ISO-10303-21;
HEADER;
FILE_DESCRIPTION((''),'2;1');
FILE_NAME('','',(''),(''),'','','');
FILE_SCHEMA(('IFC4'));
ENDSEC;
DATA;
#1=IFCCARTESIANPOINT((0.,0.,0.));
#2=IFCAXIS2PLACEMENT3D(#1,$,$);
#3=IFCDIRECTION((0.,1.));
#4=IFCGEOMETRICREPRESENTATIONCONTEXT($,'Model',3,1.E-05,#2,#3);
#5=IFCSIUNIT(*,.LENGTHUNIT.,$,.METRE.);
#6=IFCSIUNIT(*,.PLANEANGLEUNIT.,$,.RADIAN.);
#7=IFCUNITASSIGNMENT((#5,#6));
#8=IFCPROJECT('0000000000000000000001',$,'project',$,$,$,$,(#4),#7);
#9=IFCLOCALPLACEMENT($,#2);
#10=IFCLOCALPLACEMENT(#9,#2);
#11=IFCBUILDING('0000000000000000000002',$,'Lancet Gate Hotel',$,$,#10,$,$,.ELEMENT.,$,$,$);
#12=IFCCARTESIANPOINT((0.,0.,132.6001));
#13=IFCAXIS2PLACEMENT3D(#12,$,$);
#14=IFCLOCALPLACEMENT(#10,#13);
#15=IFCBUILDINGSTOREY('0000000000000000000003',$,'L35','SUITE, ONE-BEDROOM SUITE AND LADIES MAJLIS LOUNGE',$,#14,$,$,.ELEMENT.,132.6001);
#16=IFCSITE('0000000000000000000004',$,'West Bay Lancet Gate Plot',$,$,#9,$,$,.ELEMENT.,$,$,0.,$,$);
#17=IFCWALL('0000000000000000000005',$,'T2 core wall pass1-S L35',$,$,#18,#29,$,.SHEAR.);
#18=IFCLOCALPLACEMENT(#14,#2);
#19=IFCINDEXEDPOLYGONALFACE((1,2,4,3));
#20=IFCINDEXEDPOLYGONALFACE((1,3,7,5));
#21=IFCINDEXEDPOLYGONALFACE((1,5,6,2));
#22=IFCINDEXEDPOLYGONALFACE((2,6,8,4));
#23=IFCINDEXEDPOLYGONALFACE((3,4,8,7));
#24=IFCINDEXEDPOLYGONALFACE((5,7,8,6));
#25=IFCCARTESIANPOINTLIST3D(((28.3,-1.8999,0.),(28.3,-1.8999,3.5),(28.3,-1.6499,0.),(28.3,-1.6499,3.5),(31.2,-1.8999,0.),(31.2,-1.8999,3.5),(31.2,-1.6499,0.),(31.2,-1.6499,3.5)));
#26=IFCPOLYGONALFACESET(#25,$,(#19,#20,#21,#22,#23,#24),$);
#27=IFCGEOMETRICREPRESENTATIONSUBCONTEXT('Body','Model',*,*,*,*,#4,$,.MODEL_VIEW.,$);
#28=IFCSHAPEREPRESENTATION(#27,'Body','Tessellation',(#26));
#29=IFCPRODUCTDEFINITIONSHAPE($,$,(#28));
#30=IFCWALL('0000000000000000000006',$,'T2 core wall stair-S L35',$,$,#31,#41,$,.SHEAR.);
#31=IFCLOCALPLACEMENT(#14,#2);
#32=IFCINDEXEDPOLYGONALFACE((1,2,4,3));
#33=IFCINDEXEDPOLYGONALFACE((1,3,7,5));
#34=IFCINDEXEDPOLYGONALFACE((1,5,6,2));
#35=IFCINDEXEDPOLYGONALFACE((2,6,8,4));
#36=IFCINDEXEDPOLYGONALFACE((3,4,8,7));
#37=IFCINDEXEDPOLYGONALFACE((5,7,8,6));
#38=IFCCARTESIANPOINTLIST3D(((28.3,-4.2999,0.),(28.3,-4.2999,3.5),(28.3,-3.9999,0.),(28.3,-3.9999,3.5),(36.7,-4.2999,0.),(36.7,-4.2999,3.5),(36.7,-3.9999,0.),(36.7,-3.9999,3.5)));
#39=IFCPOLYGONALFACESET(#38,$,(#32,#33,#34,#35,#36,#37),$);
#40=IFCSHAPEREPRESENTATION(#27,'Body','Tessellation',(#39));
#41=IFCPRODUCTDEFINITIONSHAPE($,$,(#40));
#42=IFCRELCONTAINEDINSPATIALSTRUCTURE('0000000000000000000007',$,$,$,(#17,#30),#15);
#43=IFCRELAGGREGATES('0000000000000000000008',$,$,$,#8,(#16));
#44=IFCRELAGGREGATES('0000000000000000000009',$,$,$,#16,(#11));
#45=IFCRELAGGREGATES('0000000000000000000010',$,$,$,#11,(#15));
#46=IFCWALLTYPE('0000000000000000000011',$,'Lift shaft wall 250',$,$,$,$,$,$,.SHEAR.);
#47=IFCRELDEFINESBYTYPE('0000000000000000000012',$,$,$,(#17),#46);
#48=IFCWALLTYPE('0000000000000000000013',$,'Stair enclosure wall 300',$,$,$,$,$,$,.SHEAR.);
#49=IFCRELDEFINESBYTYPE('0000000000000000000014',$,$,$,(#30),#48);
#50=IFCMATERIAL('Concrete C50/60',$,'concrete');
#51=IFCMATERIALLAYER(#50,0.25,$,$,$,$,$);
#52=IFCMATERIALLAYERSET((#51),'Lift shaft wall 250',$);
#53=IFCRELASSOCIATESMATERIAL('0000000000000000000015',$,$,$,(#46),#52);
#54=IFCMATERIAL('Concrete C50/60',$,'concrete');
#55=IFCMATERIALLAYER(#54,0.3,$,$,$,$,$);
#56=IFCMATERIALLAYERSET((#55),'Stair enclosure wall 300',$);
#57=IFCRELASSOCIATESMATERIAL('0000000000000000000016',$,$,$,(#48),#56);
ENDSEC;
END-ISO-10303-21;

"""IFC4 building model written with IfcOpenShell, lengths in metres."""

from ifc_helpers import new_model, si_unit, direction, frame, frame_2d, origin, place, context, subcontext, project, spatial, rectangle, extrude, material, layer, layer_set, type_object, element, save


model = new_model("IFC4")

# Units and contexts
model_context = context("Model", 3, precision=1e-05, world=origin(), true_north=direction((0.0, 1.0)))
body_context = subcontext(model_context, "Body", "Model", "MODEL_VIEW")
ifc_project = project(units=[si_unit("LENGTHUNIT", "METRE"), si_unit("PLANEANGLEUNIT", "RADIAN")], contexts=[model_context])

# Site, building, storey
site_placement = place(None, origin())
site = spatial("IfcSite", under=ifc_project, at=site_placement, Name="West Bay Lancet Gate Plot", CompositionType="ELEMENT", RefElevation=0.0)
building_placement = place(site_placement, origin())
building = spatial("IfcBuilding", under=site, at=building_placement, Name="Lancet Gate Hotel", CompositionType="ELEMENT")
storey_placement = place(building_placement, frame((0.0, 0.0, 132.6001)))
storey = spatial("IfcBuildingStorey", under=building, at=storey_placement, Name="L35", Description="SUITE, ONE-BEDROOM SUITE AND LADIES MAJLIS LOUNGE", CompositionType="ELEMENT", Elevation=132.6001)

# Walls
ifc_material_1 = material(Name="Concrete C50/60", Category="concrete")
ifc_layer_1 = layer(ifc_material_1, 0.25)
ifc_layer_set_1 = layer_set([ifc_layer_1], Name="Lift shaft wall 250")
wall_type_1 = type_object("IfcWallType", Name="Lift shaft wall 250", PredefinedType="SHEAR", material=ifc_layer_set_1)
wall_1_placement = place(storey_placement, frame((28.3, -1.7749, 0.0), z_axis=(0.0, 0.0, 1.0), x_axis=(1.0, 0.0, 0.0)))
element("IfcWall", 1, at=wall_1_placement, inside=storey, type_object=wall_type_1, Name="T2 core wall pass1-S L35", PredefinedType="SHEAR", context=body_context, shape_type="SweptSolid", body=[
    extrude(rectangle(XDim=2.8999, YDim=0.25, at=frame_2d((1.45, 0.0))), origin(), (0.0, 0.0, 1.0), 3.5),
])
ifc_material_2 = material(Name="Concrete C50/60", Category="concrete")
ifc_layer_2 = layer(ifc_material_2, 0.3)
ifc_layer_set_2 = layer_set([ifc_layer_2], Name="Stair enclosure wall 300")
wall_type_2 = type_object("IfcWallType", Name="Stair enclosure wall 300", PredefinedType="SHEAR", material=ifc_layer_set_2)
wall_2_placement = place(storey_placement, frame((28.3, -4.1499, 0.0), z_axis=(0.0, 0.0, 1.0), x_axis=(1.0, 0.0, 0.0)))
element("IfcWall", 2, at=wall_2_placement, inside=storey, type_object=wall_type_2, Name="T2 core wall stair-S L35", PredefinedType="SHEAR", context=body_context, shape_type="SweptSolid", body=[
    extrude(rectangle(XDim=8.3999, YDim=0.3, at=frame_2d((4.2, 0.0))), origin(), (0.0, 0.0, 1.0), 3.5),
])

save(model, "model.ifc")
